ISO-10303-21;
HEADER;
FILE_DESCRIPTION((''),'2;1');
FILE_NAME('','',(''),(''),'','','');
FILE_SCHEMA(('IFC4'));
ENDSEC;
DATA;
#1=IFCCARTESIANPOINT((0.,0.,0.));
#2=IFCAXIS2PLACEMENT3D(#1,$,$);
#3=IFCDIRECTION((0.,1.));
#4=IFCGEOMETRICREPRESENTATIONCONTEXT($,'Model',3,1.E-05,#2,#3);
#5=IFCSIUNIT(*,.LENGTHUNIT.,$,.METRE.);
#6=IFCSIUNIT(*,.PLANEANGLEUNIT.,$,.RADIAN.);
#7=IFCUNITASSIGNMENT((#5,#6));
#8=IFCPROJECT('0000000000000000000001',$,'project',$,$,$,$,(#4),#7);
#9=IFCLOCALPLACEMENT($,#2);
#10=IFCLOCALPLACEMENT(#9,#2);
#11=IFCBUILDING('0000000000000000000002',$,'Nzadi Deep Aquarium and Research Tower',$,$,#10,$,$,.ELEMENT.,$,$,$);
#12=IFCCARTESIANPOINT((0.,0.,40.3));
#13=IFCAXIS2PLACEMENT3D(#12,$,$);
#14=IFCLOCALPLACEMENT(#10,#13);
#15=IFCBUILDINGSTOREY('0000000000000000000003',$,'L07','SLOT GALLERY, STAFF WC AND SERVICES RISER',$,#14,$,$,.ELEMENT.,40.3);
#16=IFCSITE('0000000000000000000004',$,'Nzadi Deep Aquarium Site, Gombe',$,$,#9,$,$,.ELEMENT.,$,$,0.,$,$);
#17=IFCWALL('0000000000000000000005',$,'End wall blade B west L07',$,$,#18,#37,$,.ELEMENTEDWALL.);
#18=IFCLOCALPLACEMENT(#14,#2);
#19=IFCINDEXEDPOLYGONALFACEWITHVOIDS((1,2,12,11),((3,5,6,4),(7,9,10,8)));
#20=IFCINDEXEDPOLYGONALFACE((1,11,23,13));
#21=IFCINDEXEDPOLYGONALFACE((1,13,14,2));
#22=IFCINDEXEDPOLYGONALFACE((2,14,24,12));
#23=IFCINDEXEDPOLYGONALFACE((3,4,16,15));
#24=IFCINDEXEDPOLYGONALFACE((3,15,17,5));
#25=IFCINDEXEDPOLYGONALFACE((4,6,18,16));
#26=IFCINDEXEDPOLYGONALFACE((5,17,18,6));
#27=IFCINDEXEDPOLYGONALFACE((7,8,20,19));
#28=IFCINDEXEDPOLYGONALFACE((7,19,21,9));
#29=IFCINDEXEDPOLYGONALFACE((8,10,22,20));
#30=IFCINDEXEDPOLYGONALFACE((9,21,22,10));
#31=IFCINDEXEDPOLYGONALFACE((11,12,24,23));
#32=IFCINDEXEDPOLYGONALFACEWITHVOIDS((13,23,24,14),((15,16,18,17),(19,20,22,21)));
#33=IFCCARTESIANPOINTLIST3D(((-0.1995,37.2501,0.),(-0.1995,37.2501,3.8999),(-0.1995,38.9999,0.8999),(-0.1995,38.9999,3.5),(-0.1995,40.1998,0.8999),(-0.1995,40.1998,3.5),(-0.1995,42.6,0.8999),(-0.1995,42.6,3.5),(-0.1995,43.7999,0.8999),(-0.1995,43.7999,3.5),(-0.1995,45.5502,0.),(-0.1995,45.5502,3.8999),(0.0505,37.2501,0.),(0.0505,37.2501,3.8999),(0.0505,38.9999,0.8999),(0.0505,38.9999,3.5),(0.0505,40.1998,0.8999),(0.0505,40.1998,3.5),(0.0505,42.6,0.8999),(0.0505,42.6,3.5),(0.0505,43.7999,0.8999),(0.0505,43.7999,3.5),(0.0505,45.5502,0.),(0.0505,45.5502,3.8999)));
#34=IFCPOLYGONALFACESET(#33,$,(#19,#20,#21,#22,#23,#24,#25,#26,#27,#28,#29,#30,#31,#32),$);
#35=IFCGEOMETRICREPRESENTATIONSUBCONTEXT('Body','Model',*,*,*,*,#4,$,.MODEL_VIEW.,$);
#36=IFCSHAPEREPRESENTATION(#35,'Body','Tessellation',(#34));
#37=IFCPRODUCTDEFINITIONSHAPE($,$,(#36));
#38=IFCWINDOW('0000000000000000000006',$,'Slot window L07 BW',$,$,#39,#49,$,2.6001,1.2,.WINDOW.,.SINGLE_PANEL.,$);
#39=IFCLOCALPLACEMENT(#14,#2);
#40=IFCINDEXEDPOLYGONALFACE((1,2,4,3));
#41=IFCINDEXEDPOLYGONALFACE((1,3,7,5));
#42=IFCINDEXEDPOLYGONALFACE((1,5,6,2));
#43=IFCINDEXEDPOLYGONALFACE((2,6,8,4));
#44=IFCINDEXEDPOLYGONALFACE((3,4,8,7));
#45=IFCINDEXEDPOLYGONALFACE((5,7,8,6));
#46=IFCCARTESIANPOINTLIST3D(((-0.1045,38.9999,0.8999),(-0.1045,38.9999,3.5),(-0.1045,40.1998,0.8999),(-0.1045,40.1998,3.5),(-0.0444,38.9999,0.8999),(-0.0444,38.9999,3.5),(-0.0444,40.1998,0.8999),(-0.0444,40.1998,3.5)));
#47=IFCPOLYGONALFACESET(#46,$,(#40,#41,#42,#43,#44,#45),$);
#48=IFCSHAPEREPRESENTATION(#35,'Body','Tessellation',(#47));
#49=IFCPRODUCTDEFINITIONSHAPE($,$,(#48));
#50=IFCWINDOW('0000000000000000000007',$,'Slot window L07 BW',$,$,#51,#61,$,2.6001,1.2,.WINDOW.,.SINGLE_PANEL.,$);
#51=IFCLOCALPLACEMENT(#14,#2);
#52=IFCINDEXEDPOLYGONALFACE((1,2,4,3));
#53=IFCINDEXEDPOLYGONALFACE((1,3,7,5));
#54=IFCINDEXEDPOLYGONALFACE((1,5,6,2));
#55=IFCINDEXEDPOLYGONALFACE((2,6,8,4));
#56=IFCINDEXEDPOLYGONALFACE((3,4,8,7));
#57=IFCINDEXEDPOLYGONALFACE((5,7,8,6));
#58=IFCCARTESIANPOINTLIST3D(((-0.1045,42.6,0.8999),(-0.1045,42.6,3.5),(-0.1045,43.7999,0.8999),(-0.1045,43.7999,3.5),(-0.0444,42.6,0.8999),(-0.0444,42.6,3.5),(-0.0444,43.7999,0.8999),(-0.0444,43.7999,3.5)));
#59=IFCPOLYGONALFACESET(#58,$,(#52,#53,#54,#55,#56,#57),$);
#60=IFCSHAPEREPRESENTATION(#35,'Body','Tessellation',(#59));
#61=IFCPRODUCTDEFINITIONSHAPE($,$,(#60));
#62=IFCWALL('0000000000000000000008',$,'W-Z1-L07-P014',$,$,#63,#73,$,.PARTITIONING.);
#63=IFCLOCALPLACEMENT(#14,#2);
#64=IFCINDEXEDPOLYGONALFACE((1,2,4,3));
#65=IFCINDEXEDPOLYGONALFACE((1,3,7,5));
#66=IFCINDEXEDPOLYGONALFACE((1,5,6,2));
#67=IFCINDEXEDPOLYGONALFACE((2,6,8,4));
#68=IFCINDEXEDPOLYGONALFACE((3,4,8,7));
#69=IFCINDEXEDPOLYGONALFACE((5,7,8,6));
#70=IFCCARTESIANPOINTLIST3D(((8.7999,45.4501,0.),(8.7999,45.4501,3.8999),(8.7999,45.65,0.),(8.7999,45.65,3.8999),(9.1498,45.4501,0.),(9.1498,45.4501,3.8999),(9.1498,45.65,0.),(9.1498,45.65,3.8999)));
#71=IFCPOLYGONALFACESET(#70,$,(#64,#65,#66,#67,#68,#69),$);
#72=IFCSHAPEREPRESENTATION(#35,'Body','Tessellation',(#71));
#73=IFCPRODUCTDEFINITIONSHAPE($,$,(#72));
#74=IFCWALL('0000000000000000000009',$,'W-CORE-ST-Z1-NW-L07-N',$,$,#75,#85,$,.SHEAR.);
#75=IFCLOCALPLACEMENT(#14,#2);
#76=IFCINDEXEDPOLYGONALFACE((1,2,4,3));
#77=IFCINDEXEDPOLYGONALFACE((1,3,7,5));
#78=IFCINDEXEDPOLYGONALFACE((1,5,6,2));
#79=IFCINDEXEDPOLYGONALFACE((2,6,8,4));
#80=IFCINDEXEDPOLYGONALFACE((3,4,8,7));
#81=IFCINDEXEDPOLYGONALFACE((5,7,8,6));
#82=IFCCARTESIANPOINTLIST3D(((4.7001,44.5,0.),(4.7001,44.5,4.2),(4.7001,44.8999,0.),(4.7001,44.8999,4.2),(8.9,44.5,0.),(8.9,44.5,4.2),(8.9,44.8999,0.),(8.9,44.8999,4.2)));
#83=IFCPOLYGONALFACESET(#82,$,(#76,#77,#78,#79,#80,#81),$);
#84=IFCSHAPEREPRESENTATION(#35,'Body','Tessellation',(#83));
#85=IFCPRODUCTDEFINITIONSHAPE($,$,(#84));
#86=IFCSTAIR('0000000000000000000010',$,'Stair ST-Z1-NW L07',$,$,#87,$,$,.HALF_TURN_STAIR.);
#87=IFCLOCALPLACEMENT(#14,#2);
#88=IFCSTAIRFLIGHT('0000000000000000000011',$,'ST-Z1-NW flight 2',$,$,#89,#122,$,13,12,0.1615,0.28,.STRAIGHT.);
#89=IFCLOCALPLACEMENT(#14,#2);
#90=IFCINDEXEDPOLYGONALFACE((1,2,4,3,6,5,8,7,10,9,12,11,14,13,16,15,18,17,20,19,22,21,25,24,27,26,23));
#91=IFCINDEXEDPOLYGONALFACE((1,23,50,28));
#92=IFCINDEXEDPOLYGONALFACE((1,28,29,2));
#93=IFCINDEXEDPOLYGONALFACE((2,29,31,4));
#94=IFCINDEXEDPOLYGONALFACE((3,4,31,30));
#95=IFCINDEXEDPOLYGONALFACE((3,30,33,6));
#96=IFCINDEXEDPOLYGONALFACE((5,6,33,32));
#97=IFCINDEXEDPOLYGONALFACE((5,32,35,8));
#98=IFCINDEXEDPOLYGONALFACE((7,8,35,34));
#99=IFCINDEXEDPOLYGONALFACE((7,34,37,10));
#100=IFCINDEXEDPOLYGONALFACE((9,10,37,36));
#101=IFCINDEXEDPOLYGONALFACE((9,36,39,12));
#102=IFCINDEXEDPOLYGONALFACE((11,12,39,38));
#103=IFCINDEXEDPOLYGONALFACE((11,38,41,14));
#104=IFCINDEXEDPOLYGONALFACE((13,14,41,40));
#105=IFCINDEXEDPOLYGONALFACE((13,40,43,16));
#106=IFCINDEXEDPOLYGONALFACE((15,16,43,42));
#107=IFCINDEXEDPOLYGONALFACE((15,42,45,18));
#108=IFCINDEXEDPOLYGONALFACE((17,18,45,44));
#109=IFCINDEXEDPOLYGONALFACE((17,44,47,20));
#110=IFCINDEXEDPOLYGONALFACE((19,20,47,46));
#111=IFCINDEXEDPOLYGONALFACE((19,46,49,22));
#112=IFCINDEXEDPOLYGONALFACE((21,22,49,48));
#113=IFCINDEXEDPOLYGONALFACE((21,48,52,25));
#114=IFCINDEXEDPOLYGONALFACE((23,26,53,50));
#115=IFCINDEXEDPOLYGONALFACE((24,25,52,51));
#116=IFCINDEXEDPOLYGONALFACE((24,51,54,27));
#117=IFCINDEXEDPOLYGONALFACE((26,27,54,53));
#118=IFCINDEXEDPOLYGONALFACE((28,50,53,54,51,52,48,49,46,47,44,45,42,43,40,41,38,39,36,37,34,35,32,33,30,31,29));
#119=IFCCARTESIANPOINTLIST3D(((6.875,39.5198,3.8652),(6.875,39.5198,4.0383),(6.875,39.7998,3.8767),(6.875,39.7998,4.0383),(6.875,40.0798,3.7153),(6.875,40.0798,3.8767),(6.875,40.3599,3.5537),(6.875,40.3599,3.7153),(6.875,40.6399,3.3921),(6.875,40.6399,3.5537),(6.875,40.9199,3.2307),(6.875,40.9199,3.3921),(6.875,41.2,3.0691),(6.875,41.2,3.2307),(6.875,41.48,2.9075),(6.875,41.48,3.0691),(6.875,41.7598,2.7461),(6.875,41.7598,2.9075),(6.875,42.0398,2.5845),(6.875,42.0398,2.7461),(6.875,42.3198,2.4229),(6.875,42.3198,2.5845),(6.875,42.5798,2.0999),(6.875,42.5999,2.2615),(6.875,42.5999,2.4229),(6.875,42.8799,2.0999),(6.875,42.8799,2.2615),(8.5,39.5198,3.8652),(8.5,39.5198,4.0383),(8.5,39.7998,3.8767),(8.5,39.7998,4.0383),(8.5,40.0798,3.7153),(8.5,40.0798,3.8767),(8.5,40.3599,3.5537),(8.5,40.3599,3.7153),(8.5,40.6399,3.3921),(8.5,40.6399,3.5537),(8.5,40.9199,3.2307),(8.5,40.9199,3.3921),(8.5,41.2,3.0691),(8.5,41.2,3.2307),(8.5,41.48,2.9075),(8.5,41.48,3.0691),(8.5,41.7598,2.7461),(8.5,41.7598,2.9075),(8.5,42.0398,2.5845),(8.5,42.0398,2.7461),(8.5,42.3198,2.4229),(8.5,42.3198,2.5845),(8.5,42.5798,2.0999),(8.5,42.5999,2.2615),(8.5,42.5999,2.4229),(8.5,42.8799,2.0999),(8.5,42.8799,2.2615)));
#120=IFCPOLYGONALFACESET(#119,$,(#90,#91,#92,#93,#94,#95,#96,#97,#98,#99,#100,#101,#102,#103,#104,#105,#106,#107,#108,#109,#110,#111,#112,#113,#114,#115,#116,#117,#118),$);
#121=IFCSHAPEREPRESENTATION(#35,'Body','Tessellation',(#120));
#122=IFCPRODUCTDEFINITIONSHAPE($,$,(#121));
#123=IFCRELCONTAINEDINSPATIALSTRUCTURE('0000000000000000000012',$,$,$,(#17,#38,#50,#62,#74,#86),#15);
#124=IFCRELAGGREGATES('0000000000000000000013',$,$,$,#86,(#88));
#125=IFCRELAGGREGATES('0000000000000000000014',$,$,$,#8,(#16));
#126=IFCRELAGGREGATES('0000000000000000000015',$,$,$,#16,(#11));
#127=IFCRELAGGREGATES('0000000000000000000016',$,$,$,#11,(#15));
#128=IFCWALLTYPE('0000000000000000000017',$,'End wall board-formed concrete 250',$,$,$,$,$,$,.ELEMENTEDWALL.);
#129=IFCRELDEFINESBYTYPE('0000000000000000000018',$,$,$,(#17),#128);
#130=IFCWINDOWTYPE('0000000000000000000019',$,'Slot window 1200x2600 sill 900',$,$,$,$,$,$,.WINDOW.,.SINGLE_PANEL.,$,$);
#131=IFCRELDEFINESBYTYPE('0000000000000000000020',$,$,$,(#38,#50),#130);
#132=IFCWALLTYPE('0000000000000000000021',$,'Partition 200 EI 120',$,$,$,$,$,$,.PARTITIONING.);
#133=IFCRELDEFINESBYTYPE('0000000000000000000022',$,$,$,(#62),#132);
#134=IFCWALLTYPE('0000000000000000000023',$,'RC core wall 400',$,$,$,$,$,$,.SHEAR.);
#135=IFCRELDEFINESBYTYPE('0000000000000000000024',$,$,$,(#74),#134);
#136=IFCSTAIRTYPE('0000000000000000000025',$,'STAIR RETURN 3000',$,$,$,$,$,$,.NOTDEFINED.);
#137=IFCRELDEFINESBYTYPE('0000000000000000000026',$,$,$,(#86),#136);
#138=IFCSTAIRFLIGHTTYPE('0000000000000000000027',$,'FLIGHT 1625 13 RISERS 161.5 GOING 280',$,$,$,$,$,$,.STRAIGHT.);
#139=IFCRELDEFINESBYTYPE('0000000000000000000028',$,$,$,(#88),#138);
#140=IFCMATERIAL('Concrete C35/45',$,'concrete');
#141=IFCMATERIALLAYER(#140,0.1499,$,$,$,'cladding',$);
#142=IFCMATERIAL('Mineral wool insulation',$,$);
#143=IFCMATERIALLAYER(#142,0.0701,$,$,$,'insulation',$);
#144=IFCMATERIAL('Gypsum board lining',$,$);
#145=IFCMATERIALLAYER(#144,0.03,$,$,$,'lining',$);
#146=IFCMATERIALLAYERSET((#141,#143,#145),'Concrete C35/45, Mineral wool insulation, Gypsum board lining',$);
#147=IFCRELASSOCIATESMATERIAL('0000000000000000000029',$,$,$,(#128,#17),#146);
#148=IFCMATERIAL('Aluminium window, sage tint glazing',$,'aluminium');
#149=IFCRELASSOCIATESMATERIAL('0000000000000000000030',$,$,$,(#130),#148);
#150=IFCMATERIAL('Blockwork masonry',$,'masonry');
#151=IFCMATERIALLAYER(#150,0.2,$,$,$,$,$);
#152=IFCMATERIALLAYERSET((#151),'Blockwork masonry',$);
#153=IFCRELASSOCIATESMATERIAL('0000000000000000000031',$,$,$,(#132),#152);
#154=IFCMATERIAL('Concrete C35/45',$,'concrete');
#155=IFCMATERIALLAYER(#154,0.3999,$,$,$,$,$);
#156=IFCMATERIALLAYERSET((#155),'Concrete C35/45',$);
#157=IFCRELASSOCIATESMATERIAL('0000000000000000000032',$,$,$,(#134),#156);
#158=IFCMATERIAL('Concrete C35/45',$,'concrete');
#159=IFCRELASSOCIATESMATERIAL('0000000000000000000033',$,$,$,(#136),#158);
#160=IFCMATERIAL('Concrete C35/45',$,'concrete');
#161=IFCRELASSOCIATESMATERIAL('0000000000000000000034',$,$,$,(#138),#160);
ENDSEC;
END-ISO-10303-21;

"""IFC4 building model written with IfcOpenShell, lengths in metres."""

from ifc_helpers import new_model, si_unit, direction, frame, frame_2d, origin, place, context, subcontext, project, spatial, polyline, rectangle, outline, extrude, material, layer, layer_set, layer_usage, type_object, element, fill, aggregate, save


model = new_model("IFC4")

# Units and contexts
model_context = context("Model", 3, precision=1e-05, world=origin(), true_north=direction((0.0, 1.0)))
body_context = subcontext(model_context, "Body", "Model", "MODEL_VIEW")
ifc_project = project(units=[si_unit("LENGTHUNIT", "METRE"), si_unit("PLANEANGLEUNIT", "RADIAN")], contexts=[model_context])

# Site, building, storey
site_placement = place(None, origin())
site = spatial("IfcSite", under=ifc_project, at=site_placement, Name="Nzadi Deep Aquarium Site, Gombe", CompositionType="ELEMENT", RefElevation=0.0)
building_placement = place(site_placement, origin())
building = spatial("IfcBuilding", under=site, at=building_placement, Name="Nzadi Deep Aquarium and Research Tower", CompositionType="ELEMENT")
storey_placement = place(building_placement, frame((0.0, 0.0, 40.3)))
storey = spatial("IfcBuildingStorey", under=building, at=storey_placement, Name="L07", Description="SLOT GALLERY, STAFF WC AND SERVICES RISER", CompositionType="ELEMENT", Elevation=40.3)

# Wall, openings, windows
ifc_material_1 = material(Name="Concrete C35/45", Category="concrete")
ifc_layer_1 = layer(ifc_material_1, 0.1499, Category="cladding")
ifc_material_2 = material(Name="Mineral wool insulation")
ifc_layer_2 = layer(ifc_material_2, 0.0701, Category="insulation")
ifc_material_3 = material(Name="Gypsum board lining")
ifc_layer_3 = layer(ifc_material_3, 0.03, Category="lining")
ifc_layer_set_1 = layer_set([ifc_layer_1, ifc_layer_2, ifc_layer_3], Name="Concrete C35/45, Mineral wool insulation, Gypsum board lining")
ifc_layer_usage = layer_usage(ifc_layer_set_1, "AXIS2", "POSITIVE", -0.125)
wall_type_1 = type_object("IfcWallType", Name="End wall board-formed concrete 250", PredefinedType="ELEMENTEDWALL", material=ifc_layer_set_1)
wall_1_placement = place(storey_placement, frame((-0.0745, 45.55, 0.0), z_axis=(0.0, 0.0, 1.0), x_axis=(0.0, -1.0, 0.0)))
wall_1 = element("IfcWall", 1, at=wall_1_placement, inside=storey, type_object=wall_type_1, material=ifc_layer_usage, Name="End wall blade B west L07", PredefinedType="ELEMENTEDWALL", context=body_context, shape_type="SweptSolid", body=[
    extrude(rectangle(XDim=8.3, YDim=0.25, at=frame_2d((4.1499, 0.0))), origin(), (0.0, 0.0, 1.0), 3.8999),
])
opening_1_placement = place(wall_1_placement, frame((5.3501, 0.0, 0.8999)))
opening_1 = element("IfcOpeningElement", 2, at=opening_1_placement, cuts=wall_1, PredefinedType="OPENING", context=body_context, shape_type="SweptSolid", body=[
    extrude(rectangle(XDim=1.2, YDim=2.6001, at=frame_2d((0.6001, 1.3))), frame((0.0, 0.135, 0.0), z_axis=(0.0, -1.0, 0.0), x_axis=(1.0, 0.0, 0.0)), (0.0, 0.0, 1.0), 0.27),
])
opening_2_placement = place(wall_1_placement, frame((1.75, 0.0, 0.8999)))
opening_2 = element("IfcOpeningElement", 3, at=opening_2_placement, cuts=wall_1, PredefinedType="OPENING", context=body_context, shape_type="SweptSolid", body=[
    extrude(rectangle(XDim=1.2, YDim=2.6001, at=frame_2d((0.6001, 1.3))), frame((0.0, 0.135, 0.0), z_axis=(0.0, -1.0, 0.0), x_axis=(1.0, 0.0, 0.0)), (0.0, 0.0, 1.0), 0.27),
])
ifc_material_4 = material(Name="Aluminium window, sage tint glazing", Category="aluminium")
window_type = type_object("IfcWindowType", Name="Slot window 1200x2600 sill 900", PartitioningType="SINGLE_PANEL", PredefinedType="WINDOW", material=ifc_material_4)
window_1_placement = place(opening_1_placement, origin())
window_1 = element("IfcWindow", 4, at=window_1_placement, inside=storey, type_object=window_type, Name="Slot window L07 BW", OverallHeight=2.6001, OverallWidth=1.2, PartitioningType="SINGLE_PANEL", PredefinedType="WINDOW", context=body_context, shape_type="SweptSolid", body=[
    extrude(rectangle(XDim=1.2, YDim=2.6001, at=frame_2d((0.6001, 1.3))), frame((0.0, 0.03, 0.0), z_axis=(0.0, -1.0, 0.0), x_axis=(1.0, 0.0, 0.0)), (0.0, 0.0, 1.0), 0.0601),
])
fill(opening_1, window_1)
window_2_placement = place(opening_2_placement, origin())
window_2 = element("IfcWindow", 5, at=window_2_placement, inside=storey, type_object=window_type, Name="Slot window L07 BW", OverallHeight=2.6001, OverallWidth=1.2, PartitioningType="SINGLE_PANEL", PredefinedType="WINDOW", context=body_context, shape_type="SweptSolid", body=[
    extrude(rectangle(XDim=1.2, YDim=2.6001, at=frame_2d((0.6001, 1.3))), frame((0.0, 0.03, 0.0), z_axis=(0.0, -1.0, 0.0), x_axis=(1.0, 0.0, 0.0)), (0.0, 0.0, 1.0), 0.0601),
])
fill(opening_2, window_2)

# Walls
ifc_material_5 = material(Name="Blockwork masonry", Category="masonry")
ifc_layer_4 = layer(ifc_material_5, 0.2)
ifc_layer_set_2 = layer_set([ifc_layer_4], Name="Blockwork masonry")
wall_type_2 = type_object("IfcWallType", Name="Partition 200 EI 120", PredefinedType="PARTITIONING", material=ifc_layer_set_2)
wall_2_placement = place(storey_placement, frame((8.8, 45.55, 0.0), z_axis=(0.0, 0.0, 1.0), x_axis=(1.0, 0.0, 0.0)))
element("IfcWall", 6, at=wall_2_placement, inside=storey, type_object=wall_type_2, Name="W-Z1-L07-P014", PredefinedType="PARTITIONING", context=body_context, shape_type="SweptSolid", body=[
    extrude(rectangle(XDim=0.3499, YDim=0.2, at=frame_2d((0.1748, 0.0))), origin(), (0.0, 0.0, 1.0), 3.8999),
])
ifc_material_6 = material(Name="Concrete C35/45", Category="concrete")
ifc_layer_5 = layer(ifc_material_6, 0.3999)
ifc_layer_set_3 = layer_set([ifc_layer_5], Name="Concrete C35/45")
wall_type_3 = type_object("IfcWallType", Name="RC core wall 400", PredefinedType="SHEAR", material=ifc_layer_set_3)
wall_3_placement = place(storey_placement, frame((4.7, 44.7, 0.0), z_axis=(0.0, 0.0, 1.0), x_axis=(1.0, 0.0, 0.0)))
element("IfcWall", 7, at=wall_3_placement, inside=storey, type_object=wall_type_3, Name="W-CORE-ST-Z1-NW-L07-N", PredefinedType="SHEAR", context=body_context, shape_type="SweptSolid", body=[
    extrude(rectangle(XDim=4.2, YDim=0.3999, at=frame_2d((2.1001, 0.0))), origin(), (0.0, 0.0, 1.0), 4.2),
])

# Stair, stair flight
ifc_material_7 = material(Name="Concrete C35/45", Category="concrete")
stair_type = type_object("IfcStairType", Name="STAIR RETURN 3000", PredefinedType="NOTDEFINED", material=ifc_material_7)
stair_placement = place(storey_placement, origin())
stair = element("IfcStair", 8, at=stair_placement, inside=storey, type_object=stair_type, Name="Stair ST-Z1-NW L07", PredefinedType="HALF_TURN_STAIR")
ifc_material_8 = material(Name="Concrete C35/45", Category="concrete")
stair_flight_type = type_object("IfcStairFlightType", Name="FLIGHT 1625 13 RISERS 161.5 GOING 280", PredefinedType="STRAIGHT", material=ifc_material_8)
stair_flight_placement = place(storey_placement, frame((7.6875, 42.8799, 2.0999), z_axis=(0.0, 0.0, 1.0), x_axis=(0.0, -1.0, 0.0)))
stair_flight = element("IfcStairFlight", 9, at=stair_flight_placement, type_object=stair_flight_type, Name="ST-Z1-NW flight 2", NumberOfRisers=13, NumberOfTreads=12, PredefinedType="STRAIGHT", RiserHeight=0.1615, TreadLength=0.28, context=body_context, shape_type="SweptSolid", body=[
    extrude(outline(polyline([(0.0, 0.0), (0.0, 0.1616), (0.28, 0.1616), (0.28, 0.323), (0.5601, 0.323), (0.5601, 0.4846), (0.8401, 0.4846), (0.8401, 0.6462), (1.1201, 0.6462), (1.1201, 0.8076), (1.3999, 0.8076), (1.3999, 0.9692), (1.6799, 0.9692), (1.6799, 1.1309), (1.96, 1.1309), (1.96, 1.2922), (2.24, 1.2922), (2.24, 1.4539), (2.52, 1.4539), (2.52, 1.6155), (2.8, 1.6155), (2.8, 1.7769), (3.0801, 1.7769), (3.0801, 1.9385), (3.3601, 1.9385), (3.3601, 2.1001), (3.3601, 1.7654), (0.3, 0.0), (0.0, 0.0)])), frame((0.0, 0.8125, 0.0), z_axis=(0.0, -1.0, 0.0), x_axis=(1.0, 0.0, 0.0)), (0.0, 0.0, 1.0), 1.625),
])
aggregate(stair, [stair_flight])

save(model, "model.ifc")
